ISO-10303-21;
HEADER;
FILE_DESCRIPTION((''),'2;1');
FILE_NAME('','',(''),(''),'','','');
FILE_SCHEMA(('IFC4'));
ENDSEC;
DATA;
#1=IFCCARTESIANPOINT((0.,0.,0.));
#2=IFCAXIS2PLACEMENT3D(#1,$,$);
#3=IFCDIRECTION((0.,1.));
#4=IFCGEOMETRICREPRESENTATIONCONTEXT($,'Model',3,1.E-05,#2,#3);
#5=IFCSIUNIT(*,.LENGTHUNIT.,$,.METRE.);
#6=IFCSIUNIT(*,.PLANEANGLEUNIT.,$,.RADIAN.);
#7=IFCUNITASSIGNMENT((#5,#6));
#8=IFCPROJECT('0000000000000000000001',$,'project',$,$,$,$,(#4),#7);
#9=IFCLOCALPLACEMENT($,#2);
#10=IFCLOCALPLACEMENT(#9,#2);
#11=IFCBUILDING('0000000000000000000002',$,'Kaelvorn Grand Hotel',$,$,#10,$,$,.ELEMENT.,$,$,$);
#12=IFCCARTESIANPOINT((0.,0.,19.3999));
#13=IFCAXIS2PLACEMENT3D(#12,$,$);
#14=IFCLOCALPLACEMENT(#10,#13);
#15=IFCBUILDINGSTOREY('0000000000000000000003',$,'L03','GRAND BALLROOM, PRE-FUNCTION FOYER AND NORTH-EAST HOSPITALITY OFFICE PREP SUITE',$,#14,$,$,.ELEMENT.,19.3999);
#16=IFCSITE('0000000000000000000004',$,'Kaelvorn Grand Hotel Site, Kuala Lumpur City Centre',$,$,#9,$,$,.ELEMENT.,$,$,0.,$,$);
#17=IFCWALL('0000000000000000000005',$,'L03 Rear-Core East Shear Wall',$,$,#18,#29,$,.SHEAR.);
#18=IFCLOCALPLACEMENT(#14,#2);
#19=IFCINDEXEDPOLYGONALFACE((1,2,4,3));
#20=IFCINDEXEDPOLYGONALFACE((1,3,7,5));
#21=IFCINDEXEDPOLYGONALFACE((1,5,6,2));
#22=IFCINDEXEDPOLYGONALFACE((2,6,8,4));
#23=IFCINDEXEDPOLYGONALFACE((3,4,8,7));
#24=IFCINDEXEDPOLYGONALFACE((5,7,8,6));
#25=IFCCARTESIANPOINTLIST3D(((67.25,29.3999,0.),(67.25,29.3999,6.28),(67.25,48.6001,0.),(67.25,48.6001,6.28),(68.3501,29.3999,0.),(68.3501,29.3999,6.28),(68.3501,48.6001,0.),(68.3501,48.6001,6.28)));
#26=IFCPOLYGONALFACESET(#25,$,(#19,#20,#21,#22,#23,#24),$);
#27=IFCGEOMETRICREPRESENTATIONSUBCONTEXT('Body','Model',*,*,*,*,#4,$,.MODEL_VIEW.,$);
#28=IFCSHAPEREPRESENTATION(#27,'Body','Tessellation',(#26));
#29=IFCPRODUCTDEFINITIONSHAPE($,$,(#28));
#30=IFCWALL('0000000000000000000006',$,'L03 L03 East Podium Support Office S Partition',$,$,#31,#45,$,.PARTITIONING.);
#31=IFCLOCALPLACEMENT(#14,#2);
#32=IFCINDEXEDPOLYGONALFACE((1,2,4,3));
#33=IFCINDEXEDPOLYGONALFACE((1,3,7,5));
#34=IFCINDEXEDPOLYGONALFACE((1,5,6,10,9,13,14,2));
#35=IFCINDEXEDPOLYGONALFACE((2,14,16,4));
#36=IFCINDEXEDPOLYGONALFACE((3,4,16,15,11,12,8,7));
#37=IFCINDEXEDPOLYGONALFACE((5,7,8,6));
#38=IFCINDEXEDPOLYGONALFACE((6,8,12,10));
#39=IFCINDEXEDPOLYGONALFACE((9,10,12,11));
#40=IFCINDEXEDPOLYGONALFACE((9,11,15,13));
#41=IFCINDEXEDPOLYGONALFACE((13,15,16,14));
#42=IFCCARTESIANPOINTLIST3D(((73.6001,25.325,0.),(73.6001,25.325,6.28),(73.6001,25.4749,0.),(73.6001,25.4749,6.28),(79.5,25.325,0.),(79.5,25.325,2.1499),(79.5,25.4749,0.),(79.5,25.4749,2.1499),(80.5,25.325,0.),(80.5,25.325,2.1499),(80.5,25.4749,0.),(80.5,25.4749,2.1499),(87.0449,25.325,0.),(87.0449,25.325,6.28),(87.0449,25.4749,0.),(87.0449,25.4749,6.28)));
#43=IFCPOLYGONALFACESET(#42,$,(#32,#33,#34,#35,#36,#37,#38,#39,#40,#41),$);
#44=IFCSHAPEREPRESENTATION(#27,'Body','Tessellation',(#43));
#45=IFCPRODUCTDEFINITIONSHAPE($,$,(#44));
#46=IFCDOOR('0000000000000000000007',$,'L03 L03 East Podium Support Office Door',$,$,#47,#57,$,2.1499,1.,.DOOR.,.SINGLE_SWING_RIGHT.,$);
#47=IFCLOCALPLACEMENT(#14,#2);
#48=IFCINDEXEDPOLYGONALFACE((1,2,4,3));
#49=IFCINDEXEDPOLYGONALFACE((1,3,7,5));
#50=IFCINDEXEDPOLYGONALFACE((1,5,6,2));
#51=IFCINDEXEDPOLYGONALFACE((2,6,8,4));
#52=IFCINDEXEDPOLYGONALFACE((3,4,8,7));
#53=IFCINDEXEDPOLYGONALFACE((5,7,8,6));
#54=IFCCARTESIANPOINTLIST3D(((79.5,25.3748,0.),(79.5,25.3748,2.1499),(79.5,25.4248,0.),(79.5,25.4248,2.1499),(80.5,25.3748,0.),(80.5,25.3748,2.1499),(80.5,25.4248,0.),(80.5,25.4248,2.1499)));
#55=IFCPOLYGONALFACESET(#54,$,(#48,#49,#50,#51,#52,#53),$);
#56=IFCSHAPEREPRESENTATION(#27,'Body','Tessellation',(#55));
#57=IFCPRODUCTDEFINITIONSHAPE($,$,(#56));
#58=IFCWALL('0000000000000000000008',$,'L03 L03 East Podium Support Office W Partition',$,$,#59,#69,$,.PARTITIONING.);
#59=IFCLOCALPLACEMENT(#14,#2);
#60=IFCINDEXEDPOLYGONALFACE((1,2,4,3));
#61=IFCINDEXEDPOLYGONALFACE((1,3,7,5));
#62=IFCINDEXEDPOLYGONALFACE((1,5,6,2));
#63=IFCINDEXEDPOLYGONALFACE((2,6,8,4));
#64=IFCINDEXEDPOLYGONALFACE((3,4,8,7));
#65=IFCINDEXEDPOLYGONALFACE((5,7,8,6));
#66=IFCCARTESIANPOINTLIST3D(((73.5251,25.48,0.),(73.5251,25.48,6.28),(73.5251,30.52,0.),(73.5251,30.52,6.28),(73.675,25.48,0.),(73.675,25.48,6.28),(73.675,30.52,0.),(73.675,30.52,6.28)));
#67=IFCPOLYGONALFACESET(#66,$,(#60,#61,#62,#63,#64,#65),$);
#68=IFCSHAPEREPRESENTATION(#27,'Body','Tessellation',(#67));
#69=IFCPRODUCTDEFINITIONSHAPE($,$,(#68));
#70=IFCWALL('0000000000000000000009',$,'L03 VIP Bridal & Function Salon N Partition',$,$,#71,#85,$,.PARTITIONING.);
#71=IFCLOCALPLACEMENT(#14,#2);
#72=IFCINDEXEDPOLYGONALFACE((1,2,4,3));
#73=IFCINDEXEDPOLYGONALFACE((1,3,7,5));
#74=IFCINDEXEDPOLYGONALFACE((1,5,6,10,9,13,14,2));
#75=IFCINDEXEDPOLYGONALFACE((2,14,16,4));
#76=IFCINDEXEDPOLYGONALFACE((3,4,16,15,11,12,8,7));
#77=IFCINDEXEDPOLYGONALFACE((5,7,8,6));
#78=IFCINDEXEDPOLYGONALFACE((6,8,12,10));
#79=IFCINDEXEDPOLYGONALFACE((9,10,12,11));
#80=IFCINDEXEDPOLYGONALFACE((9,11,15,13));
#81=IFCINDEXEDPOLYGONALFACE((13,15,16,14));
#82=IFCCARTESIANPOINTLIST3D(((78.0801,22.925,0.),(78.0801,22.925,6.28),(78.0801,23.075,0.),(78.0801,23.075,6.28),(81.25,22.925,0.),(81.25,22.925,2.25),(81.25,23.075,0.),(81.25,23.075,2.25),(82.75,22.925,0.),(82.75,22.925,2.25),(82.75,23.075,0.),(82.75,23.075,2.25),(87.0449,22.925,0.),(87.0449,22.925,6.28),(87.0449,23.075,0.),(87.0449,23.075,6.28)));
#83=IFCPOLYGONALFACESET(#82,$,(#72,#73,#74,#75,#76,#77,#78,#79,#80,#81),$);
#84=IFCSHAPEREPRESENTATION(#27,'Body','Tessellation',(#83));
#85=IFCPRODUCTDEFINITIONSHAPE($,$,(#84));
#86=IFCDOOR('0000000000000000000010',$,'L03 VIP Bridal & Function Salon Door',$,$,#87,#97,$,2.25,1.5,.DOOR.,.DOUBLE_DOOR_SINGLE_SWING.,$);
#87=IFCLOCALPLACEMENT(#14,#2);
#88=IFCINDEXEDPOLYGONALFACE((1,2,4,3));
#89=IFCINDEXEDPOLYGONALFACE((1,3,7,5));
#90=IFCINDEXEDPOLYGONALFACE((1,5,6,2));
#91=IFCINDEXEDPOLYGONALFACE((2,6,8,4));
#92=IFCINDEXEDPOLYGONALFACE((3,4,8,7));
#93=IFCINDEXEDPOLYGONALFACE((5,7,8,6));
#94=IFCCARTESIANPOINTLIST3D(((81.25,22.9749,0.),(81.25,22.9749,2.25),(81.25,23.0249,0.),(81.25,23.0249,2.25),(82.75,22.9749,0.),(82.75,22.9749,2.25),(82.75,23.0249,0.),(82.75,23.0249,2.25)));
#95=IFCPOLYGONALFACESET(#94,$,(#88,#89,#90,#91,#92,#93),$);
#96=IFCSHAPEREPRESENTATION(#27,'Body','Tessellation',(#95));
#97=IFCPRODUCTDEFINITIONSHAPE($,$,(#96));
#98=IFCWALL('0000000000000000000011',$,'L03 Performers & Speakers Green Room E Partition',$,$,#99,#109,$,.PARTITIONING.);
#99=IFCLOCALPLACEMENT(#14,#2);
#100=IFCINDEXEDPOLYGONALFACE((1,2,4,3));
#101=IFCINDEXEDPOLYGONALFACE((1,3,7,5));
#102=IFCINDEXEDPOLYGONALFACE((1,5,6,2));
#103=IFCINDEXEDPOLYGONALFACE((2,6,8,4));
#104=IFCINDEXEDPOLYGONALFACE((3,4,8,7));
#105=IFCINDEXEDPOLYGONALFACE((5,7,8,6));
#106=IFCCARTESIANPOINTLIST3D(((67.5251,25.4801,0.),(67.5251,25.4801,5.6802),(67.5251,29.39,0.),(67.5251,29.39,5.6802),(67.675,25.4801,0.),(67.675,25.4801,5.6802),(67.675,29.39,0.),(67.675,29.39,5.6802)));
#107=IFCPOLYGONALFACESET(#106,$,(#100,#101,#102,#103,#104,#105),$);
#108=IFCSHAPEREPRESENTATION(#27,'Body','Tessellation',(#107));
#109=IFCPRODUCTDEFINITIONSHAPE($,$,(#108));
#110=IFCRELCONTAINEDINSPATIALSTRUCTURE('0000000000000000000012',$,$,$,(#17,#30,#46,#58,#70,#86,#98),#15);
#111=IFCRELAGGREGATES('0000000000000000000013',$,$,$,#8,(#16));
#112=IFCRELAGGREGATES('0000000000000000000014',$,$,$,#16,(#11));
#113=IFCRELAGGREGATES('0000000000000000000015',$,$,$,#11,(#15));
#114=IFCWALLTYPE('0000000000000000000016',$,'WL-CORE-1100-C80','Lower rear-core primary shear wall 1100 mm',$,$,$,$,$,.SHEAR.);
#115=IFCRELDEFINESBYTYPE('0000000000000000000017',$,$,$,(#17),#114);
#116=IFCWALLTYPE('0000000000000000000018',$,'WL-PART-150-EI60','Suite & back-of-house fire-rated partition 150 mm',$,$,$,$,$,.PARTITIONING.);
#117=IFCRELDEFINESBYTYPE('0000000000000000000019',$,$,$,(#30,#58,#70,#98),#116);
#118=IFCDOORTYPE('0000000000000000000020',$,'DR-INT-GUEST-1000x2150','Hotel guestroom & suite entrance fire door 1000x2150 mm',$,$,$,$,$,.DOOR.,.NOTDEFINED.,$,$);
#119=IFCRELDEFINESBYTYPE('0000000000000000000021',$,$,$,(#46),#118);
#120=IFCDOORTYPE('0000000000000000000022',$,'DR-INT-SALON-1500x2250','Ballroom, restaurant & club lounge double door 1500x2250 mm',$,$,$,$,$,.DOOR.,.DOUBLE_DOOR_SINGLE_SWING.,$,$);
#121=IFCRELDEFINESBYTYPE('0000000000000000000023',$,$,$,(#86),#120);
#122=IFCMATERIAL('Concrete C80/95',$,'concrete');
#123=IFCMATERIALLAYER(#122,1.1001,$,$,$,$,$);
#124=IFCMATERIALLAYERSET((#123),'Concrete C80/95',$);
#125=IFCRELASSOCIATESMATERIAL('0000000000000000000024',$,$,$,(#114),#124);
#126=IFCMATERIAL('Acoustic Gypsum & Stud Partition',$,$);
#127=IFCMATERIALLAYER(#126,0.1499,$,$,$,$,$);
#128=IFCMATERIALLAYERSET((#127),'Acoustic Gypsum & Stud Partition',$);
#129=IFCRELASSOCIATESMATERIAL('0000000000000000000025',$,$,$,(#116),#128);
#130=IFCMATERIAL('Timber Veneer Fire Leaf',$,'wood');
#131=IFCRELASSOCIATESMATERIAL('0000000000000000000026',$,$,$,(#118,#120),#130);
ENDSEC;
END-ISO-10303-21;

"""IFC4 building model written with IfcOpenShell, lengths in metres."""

from ifc_helpers import new_model, si_unit, direction, frame, frame_2d, origin, place, context, subcontext, project, spatial, rectangle, extrude, material, layer, layer_set, type_object, element, fill, save


model = new_model("IFC4")

# Units and contexts
model_context = context("Model", 3, precision=1e-05, world=origin(), true_north=direction((0.0, 1.0)))
body_context = subcontext(model_context, "Body", "Model", "MODEL_VIEW")
ifc_project = project(units=[si_unit("LENGTHUNIT", "METRE"), si_unit("PLANEANGLEUNIT", "RADIAN")], contexts=[model_context])

# Site, building, storey
site_placement = place(None, origin())
site = spatial("IfcSite", under=ifc_project, at=site_placement, Name="Kaelvorn Grand Hotel Site, Kuala Lumpur City Centre", CompositionType="ELEMENT", RefElevation=0.0)
building_placement = place(site_placement, origin())
building = spatial("IfcBuilding", under=site, at=building_placement, Name="Kaelvorn Grand Hotel", CompositionType="ELEMENT")
storey_placement = place(building_placement, frame((0.0, 0.0, 19.3999)))
storey = spatial("IfcBuildingStorey", under=building, at=storey_placement, Name="L03", Description="GRAND BALLROOM, PRE-FUNCTION FOYER AND NORTH-EAST HOSPITALITY OFFICE PREP SUITE", CompositionType="ELEMENT", Elevation=19.3999)

# Shared definitions
ifc_material_1 = material(Name="Concrete C80/95", Category="concrete")

# Wall
ifc_layer_1 = layer(ifc_material_1, 1.1001)
ifc_layer_set_1 = layer_set([ifc_layer_1], Name="Concrete C80/95")
wall_type_1 = type_object("IfcWallType", Name="WL-CORE-1100-C80", Description="Lower rear-core primary shear wall 1100 mm", PredefinedType="SHEAR", material=ifc_layer_set_1)
wall_1_placement = place(storey_placement, frame((67.8, 29.3999, 0.0), z_axis=(0.0, 0.0, 1.0), x_axis=(0.0, 1.0, 0.0)))
element("IfcWall", 1, at=wall_1_placement, inside=storey, type_object=wall_type_1, Name="L03 Rear-Core East Shear Wall", PredefinedType="SHEAR", context=body_context, shape_type="SweptSolid", body=[
    extrude(rectangle(XDim=19.2002, YDim=1.1001, at=frame_2d((9.6001, 0.0))), origin(), (0.0, 0.0, 1.0), 6.28),
])

# Wall, opening, door
ifc_material_2 = material(Name="Acoustic Gypsum & Stud Partition")
ifc_layer_2 = layer(ifc_material_2, 0.1499)
ifc_layer_set_2 = layer_set([ifc_layer_2], Name="Acoustic Gypsum & Stud Partition")
wall_type_2 = type_object("IfcWallType", Name="WL-PART-150-EI60", Description="Suite & back-of-house fire-rated partition 150 mm", PredefinedType="PARTITIONING", material=ifc_layer_set_2)
wall_2_placement = place(storey_placement, frame((73.6001, 25.3999, 0.0), z_axis=(0.0, 0.0, 1.0), x_axis=(1.0, 0.0, 0.0)))
wall_2 = element("IfcWall", 2, at=wall_2_placement, inside=storey, type_object=wall_type_2, Name="L03 L03 East Podium Support Office S Partition", PredefinedType="PARTITIONING", context=body_context, shape_type="SweptSolid", body=[
    extrude(rectangle(XDim=13.4448, YDim=0.1499, at=frame_2d((6.7224, 0.0))), origin(), (0.0, 0.0, 1.0), 6.28),
])
opening_1_placement = place(wall_2_placement, frame((5.8999, 0.0, 0.0)))
opening_1 = element("IfcOpeningElement", 3, at=opening_1_placement, cuts=wall_2, PredefinedType="OPENING", context=body_context, shape_type="SweptSolid", body=[
    extrude(rectangle(XDim=1.0, YDim=2.1499, at=frame_2d((0.5, 1.075))), frame((0.0, 0.085, 0.0), z_axis=(0.0, -1.0, 0.0), x_axis=(1.0, 0.0, 0.0)), (0.0, 0.0, 1.0), 0.1699),
])
ifc_material_3 = material(Name="Timber Veneer Fire Leaf", Category="wood")
door_type_1 = type_object("IfcDoorType", Name="DR-INT-GUEST-1000x2150", Description="Hotel guestroom & suite entrance fire door 1000x2150 mm", OperationType="NOTDEFINED", PredefinedType="DOOR", material=ifc_material_3)
door_1_placement = place(opening_1_placement, origin())
door_1 = element("IfcDoor", 4, at=door_1_placement, inside=storey, type_object=door_type_1, Name="L03 L03 East Podium Support Office Door", OperationType="SINGLE_SWING_RIGHT", OverallHeight=2.1499, OverallWidth=1.0, PredefinedType="DOOR", context=body_context, shape_type="SweptSolid", body=[
    extrude(rectangle(XDim=1.0, YDim=2.1499, at=frame_2d((0.5, 1.075))), frame((0.0, 0.0249, 0.0), z_axis=(0.0, -1.0, 0.0), x_axis=(1.0, 0.0, 0.0)), (0.0, 0.0, 1.0), 0.05),
])
fill(opening_1, door_1)

# Wall
wall_3_placement = place(storey_placement, frame((73.6001, 25.48, 0.0), z_axis=(0.0, 0.0, 1.0), x_axis=(0.0, 1.0, 0.0)))
element("IfcWall", 5, at=wall_3_placement, inside=storey, type_object=wall_type_2, Name="L03 L03 East Podium Support Office W Partition", PredefinedType="PARTITIONING", context=body_context, shape_type="SweptSolid", body=[
    extrude(rectangle(XDim=5.04, YDim=0.1499, at=frame_2d((2.52, 0.0))), origin(), (0.0, 0.0, 1.0), 6.28),
])

# Wall, opening, door
wall_4_placement = place(storey_placement, frame((78.0801, 23.0, 0.0), z_axis=(0.0, 0.0, 1.0), x_axis=(1.0, 0.0, 0.0)))
wall_4 = element("IfcWall", 6, at=wall_4_placement, inside=storey, type_object=wall_type_2, Name="L03 VIP Bridal & Function Salon N Partition", PredefinedType="PARTITIONING", context=body_context, shape_type="SweptSolid", body=[
    extrude(rectangle(XDim=8.9648, YDim=0.1499, at=frame_2d((4.4824, 0.0))), origin(), (0.0, 0.0, 1.0), 6.28),
])
opening_2_placement = place(wall_4_placement, frame((3.1699, 0.0, 0.0)))
opening_2 = element("IfcOpeningElement", 7, at=opening_2_placement, cuts=wall_4, PredefinedType="OPENING", context=body_context, shape_type="SweptSolid", body=[
    extrude(rectangle(XDim=1.5, YDim=2.25, at=frame_2d((0.75, 1.125))), frame((0.0, 0.085, 0.0), z_axis=(0.0, -1.0, 0.0), x_axis=(1.0, 0.0, 0.0)), (0.0, 0.0, 1.0), 0.1699),
])
door_type_2 = type_object("IfcDoorType", Name="DR-INT-SALON-1500x2250", Description="Ballroom, restaurant & club lounge double door 1500x2250 mm", OperationType="DOUBLE_DOOR_SINGLE_SWING", PredefinedType="DOOR", material=ifc_material_3)
door_2_placement = place(opening_2_placement, origin())
door_2 = element("IfcDoor", 8, at=door_2_placement, inside=storey, type_object=door_type_2, Name="L03 VIP Bridal & Function Salon Door", OperationType="DOUBLE_DOOR_SINGLE_SWING", OverallHeight=2.25, OverallWidth=1.5, PredefinedType="DOOR", context=body_context, shape_type="SweptSolid", body=[
    extrude(rectangle(XDim=1.5, YDim=2.25, at=frame_2d((0.75, 1.125))), frame((0.0, 0.0249, 0.0), z_axis=(0.0, -1.0, 0.0), x_axis=(1.0, 0.0, 0.0)), (0.0, 0.0, 1.0), 0.05),
])
fill(opening_2, door_2)

# Wall
wall_5_placement = place(storey_placement, frame((67.6001, 25.48, 0.0), z_axis=(0.0, 0.0, 1.0), x_axis=(0.0, 1.0, 0.0)))
element("IfcWall", 9, at=wall_5_placement, inside=storey, type_object=wall_type_2, Name="L03 Performers & Speakers Green Room E Partition", PredefinedType="PARTITIONING", context=body_context, shape_type="SweptSolid", body=[
    extrude(rectangle(XDim=3.9099, YDim=0.1499, at=frame_2d((1.9551, 0.0))), origin(), (0.0, 0.0, 1.0), 5.6802),
])

save(model, "model.ifc")
